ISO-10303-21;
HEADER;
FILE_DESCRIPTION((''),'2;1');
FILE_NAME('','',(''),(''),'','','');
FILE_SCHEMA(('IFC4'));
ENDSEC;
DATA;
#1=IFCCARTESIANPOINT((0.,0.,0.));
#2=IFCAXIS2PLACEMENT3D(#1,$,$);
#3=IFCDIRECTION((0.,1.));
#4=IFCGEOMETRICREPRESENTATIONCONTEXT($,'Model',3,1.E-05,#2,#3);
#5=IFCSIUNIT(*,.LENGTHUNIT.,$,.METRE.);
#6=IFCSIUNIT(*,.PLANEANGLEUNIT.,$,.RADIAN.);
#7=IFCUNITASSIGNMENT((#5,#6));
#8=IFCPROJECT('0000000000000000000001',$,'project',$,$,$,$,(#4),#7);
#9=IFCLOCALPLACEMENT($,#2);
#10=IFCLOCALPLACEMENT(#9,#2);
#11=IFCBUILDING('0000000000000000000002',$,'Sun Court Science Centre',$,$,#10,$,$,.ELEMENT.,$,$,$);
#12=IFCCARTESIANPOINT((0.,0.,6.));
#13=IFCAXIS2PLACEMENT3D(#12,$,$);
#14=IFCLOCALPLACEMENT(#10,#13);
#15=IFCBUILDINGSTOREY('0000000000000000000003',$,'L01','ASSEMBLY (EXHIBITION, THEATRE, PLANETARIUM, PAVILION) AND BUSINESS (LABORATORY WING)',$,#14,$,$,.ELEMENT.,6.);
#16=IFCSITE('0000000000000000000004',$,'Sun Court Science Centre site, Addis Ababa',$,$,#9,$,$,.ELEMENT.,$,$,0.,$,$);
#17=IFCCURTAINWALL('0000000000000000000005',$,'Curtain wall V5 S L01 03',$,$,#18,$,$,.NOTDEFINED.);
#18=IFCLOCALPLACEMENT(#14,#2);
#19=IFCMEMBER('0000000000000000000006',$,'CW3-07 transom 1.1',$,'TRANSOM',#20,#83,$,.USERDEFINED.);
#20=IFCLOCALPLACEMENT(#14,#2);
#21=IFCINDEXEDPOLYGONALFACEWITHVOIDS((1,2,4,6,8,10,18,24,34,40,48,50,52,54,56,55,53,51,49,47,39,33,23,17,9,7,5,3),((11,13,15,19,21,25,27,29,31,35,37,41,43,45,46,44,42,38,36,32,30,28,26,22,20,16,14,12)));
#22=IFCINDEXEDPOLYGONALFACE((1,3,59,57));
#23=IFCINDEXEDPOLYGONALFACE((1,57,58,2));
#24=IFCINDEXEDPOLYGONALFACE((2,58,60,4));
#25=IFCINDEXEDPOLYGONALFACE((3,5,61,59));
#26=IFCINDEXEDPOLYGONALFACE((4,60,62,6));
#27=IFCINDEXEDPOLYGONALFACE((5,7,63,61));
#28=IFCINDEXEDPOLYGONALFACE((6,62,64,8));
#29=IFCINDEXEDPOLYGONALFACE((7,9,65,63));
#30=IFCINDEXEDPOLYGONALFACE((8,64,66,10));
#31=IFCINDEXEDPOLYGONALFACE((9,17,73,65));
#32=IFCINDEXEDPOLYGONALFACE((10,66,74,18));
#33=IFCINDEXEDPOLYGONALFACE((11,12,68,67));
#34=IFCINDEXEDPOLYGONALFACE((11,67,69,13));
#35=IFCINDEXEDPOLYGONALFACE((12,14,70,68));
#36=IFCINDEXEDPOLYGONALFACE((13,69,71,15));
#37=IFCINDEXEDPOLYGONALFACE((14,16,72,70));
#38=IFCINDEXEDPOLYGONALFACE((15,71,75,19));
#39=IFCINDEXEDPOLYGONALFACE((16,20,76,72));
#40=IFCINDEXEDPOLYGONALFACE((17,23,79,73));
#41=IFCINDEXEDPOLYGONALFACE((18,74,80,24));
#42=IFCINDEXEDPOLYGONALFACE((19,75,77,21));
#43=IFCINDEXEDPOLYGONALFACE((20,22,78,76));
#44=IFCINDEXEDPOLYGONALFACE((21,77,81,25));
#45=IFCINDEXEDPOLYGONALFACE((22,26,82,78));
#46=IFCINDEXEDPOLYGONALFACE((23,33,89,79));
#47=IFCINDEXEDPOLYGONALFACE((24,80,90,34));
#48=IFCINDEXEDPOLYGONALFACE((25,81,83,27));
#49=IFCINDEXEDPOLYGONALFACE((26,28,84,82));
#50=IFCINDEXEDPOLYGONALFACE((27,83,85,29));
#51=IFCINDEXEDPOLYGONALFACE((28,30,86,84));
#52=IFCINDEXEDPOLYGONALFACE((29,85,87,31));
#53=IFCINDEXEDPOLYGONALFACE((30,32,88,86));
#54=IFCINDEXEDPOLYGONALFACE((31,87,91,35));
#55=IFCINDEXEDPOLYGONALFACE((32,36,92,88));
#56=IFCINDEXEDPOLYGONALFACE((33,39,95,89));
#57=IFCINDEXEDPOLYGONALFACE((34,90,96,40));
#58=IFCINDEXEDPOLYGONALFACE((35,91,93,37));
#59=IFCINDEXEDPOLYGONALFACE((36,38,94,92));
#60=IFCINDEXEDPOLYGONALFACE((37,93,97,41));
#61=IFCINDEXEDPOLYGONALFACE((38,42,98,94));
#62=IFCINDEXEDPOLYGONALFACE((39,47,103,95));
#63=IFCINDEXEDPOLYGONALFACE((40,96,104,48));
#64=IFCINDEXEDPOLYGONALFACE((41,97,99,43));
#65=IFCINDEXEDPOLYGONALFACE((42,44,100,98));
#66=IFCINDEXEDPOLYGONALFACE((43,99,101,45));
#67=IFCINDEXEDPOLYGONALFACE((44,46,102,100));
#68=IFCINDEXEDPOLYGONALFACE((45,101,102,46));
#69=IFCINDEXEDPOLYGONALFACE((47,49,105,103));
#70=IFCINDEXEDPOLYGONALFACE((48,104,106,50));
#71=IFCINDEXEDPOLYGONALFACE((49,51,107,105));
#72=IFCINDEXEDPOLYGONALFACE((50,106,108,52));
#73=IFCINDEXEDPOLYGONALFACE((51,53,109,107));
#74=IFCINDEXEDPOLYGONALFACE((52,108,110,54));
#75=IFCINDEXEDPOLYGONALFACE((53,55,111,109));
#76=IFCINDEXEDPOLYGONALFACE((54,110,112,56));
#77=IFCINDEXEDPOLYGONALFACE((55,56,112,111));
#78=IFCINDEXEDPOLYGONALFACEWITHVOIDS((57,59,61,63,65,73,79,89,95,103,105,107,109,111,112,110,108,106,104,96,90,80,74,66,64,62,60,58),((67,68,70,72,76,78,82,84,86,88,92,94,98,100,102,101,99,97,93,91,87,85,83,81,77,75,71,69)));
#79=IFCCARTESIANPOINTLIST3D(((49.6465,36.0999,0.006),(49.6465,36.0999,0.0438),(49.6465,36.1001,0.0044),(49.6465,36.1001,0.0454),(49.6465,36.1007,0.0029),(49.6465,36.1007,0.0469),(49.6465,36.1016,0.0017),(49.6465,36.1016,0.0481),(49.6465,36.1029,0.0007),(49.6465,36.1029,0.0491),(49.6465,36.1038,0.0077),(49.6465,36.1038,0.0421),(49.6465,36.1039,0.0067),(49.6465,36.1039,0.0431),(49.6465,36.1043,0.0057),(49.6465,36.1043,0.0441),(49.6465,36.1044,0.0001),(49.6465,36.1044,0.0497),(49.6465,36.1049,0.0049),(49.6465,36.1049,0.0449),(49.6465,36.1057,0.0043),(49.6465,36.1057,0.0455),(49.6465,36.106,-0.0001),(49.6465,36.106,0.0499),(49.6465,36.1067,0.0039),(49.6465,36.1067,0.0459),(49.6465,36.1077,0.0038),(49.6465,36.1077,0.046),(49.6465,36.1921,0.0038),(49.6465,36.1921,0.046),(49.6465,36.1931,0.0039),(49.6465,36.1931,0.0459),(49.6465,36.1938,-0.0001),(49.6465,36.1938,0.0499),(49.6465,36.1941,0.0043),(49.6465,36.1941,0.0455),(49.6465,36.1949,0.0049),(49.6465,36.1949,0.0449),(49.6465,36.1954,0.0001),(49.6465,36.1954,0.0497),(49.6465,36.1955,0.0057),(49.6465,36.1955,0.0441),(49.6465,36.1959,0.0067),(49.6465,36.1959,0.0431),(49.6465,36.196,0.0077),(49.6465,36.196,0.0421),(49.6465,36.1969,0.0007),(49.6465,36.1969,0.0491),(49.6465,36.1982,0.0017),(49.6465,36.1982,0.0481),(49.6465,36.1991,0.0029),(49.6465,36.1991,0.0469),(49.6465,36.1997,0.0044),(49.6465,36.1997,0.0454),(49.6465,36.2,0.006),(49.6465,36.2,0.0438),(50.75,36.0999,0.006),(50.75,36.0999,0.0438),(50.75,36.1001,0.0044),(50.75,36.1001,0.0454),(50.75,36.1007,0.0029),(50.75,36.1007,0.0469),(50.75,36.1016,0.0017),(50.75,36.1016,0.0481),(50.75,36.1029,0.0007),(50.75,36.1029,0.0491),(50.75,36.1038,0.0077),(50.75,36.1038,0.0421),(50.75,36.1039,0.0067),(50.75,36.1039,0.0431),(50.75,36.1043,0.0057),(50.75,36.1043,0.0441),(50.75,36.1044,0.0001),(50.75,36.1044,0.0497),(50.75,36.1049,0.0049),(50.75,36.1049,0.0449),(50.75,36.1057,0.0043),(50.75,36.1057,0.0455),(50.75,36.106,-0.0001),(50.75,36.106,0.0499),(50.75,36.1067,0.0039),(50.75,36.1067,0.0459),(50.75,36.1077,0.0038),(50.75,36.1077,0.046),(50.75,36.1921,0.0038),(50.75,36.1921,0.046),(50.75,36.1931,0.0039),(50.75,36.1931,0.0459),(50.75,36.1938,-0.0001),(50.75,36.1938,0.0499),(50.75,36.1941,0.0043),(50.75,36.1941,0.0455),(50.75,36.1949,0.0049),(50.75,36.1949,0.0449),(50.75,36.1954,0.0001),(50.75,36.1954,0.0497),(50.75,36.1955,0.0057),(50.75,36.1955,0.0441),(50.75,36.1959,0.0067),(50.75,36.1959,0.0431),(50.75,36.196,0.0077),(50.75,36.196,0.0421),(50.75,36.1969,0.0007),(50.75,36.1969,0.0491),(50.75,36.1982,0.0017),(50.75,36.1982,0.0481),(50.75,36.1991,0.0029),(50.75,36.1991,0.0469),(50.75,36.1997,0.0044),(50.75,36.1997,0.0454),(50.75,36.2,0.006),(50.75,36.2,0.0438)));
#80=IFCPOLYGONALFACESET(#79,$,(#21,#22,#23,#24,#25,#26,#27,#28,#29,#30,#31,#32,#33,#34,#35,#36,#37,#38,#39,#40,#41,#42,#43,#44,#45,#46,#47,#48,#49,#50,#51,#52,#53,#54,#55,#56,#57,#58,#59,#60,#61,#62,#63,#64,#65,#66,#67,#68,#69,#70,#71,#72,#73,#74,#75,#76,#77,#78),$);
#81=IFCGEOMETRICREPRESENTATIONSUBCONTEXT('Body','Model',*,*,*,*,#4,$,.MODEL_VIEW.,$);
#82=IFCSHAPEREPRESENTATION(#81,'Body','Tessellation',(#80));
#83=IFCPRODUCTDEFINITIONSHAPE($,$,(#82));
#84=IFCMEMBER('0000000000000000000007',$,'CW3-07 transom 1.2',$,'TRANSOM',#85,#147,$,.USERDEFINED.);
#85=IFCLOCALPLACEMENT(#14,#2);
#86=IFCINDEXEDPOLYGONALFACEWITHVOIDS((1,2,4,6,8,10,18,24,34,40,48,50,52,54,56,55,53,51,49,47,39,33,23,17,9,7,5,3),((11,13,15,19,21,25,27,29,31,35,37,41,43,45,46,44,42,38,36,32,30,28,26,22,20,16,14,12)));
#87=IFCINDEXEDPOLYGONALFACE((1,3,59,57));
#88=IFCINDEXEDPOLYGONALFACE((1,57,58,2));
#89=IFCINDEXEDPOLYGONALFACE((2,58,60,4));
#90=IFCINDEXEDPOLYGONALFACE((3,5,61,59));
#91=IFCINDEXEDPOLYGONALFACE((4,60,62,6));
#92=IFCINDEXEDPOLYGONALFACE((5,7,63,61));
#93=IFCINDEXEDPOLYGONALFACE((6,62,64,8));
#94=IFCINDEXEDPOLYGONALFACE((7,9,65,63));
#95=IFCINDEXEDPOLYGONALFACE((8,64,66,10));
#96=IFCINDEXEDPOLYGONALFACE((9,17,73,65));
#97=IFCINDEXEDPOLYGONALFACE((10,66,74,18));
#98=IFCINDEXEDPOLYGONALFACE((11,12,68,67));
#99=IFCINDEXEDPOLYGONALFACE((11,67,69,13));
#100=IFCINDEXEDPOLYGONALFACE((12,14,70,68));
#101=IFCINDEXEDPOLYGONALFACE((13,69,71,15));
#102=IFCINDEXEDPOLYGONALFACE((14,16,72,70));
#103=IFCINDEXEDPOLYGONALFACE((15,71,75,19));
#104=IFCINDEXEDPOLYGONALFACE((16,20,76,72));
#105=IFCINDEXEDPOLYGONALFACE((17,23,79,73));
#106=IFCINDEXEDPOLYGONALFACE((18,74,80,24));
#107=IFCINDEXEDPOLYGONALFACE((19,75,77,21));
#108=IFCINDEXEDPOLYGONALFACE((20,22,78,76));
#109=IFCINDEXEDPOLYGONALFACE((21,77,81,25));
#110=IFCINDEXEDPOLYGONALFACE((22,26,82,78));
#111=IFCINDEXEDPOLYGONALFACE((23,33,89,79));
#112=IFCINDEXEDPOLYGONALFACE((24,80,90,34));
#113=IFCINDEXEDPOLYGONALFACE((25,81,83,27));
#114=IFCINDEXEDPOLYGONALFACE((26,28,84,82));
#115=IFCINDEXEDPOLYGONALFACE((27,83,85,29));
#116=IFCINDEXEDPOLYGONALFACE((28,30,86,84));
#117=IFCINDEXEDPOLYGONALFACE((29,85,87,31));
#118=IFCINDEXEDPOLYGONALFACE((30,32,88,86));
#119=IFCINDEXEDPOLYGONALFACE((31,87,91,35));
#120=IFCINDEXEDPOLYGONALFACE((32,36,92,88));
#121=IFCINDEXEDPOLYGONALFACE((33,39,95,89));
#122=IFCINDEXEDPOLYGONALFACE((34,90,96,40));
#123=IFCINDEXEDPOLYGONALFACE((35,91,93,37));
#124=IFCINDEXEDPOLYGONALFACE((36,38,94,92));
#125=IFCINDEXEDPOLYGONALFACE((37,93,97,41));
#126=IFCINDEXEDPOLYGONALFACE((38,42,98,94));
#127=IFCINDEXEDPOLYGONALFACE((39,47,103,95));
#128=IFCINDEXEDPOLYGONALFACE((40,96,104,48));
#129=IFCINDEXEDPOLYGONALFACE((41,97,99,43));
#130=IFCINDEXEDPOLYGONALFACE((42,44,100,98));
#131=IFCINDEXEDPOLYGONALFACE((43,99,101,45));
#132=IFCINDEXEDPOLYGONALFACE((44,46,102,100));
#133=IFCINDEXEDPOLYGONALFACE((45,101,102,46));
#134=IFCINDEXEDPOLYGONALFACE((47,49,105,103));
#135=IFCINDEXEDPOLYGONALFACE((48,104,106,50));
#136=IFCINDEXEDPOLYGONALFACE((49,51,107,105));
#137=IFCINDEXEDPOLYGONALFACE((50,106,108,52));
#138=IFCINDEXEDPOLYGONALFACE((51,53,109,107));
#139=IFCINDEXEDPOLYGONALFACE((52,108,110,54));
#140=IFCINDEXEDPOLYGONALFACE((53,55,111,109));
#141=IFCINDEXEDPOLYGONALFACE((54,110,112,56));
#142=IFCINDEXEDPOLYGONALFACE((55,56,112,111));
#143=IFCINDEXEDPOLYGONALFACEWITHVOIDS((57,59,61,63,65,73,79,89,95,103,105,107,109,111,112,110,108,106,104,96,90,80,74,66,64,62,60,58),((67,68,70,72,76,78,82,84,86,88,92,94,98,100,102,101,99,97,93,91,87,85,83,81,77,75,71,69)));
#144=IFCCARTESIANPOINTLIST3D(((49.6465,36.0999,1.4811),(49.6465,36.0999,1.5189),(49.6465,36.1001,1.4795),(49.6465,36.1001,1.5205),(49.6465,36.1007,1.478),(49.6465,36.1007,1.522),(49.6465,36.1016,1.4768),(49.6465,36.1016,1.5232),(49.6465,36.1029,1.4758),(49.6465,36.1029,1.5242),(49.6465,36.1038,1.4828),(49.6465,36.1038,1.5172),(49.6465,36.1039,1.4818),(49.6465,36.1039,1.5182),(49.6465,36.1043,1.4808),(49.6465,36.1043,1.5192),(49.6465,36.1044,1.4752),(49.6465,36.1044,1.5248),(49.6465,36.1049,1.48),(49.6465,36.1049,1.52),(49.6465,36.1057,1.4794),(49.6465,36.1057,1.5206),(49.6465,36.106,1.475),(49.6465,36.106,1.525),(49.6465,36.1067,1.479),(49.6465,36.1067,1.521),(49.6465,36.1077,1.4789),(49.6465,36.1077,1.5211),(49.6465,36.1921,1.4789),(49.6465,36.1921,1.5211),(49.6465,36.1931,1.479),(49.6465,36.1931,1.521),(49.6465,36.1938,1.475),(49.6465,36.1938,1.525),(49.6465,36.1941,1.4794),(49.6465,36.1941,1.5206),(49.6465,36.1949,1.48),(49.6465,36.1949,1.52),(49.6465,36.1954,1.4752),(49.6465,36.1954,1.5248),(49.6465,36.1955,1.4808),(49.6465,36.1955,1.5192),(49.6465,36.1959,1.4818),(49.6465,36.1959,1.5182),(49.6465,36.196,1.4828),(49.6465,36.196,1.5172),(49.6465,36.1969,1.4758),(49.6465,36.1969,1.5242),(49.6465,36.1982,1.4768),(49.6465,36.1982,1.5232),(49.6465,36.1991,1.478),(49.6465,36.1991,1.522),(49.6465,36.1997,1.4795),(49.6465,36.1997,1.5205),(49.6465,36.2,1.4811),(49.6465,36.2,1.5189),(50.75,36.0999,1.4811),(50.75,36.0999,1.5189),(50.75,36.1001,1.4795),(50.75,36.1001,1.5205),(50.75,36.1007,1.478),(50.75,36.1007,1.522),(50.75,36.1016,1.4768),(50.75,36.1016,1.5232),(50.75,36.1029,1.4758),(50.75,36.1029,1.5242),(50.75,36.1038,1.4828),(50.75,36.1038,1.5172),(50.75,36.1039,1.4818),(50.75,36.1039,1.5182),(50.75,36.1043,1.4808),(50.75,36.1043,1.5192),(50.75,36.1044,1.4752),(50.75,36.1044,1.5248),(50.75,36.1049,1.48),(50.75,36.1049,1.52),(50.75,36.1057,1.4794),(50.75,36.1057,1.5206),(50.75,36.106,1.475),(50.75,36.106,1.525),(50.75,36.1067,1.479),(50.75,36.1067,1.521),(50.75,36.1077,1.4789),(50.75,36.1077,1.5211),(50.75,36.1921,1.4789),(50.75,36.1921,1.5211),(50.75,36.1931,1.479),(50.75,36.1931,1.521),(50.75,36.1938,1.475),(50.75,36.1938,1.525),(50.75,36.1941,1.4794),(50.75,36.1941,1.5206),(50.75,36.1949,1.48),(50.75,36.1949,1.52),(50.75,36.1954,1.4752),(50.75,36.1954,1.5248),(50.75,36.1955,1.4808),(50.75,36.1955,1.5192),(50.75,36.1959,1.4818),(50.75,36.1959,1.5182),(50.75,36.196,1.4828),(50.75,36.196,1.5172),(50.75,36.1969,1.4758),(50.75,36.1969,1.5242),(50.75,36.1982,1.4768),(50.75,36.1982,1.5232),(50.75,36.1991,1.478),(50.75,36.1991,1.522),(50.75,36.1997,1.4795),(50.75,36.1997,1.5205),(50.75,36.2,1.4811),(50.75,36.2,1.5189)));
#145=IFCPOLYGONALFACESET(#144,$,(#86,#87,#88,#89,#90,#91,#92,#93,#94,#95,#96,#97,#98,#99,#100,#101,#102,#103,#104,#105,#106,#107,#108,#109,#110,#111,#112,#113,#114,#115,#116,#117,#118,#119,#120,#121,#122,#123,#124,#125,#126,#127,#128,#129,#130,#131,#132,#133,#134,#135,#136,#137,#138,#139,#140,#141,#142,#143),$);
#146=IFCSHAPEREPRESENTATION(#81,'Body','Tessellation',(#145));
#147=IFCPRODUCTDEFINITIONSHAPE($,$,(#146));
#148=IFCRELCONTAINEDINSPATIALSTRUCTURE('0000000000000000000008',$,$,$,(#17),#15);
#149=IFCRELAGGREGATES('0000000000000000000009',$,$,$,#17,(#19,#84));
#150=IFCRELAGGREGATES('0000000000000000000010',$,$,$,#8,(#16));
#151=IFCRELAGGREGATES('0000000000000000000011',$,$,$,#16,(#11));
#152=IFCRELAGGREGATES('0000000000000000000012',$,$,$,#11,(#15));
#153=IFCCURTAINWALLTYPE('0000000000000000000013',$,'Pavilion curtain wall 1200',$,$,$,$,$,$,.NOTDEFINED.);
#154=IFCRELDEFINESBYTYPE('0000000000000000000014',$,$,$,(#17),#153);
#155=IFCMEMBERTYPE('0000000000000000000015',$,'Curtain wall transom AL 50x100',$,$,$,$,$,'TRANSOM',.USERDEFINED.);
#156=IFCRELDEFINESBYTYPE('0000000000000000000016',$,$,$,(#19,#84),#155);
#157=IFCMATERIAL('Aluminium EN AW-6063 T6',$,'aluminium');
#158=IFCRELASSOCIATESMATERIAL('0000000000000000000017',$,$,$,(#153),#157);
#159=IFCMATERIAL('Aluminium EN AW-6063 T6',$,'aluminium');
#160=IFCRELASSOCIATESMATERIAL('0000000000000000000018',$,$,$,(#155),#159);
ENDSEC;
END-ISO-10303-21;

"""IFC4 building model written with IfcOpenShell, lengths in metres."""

from ifc_helpers import new_model, si_unit, direction, frame, origin, origin_2d, place, context, subcontext, project, spatial, hollow_rectangle, extrude, material, material_profile, profile_set, type_object, element, aggregate, save


model = new_model("IFC4")

# Units and contexts
model_context = context("Model", 3, precision=1e-05, world=origin(), true_north=direction((0.0, 1.0)))
body_context = subcontext(model_context, "Body", "Model", "MODEL_VIEW")
ifc_project = project(units=[si_unit("LENGTHUNIT", "METRE"), si_unit("PLANEANGLEUNIT", "RADIAN")], contexts=[model_context])

# Site, building, storey
site_placement = place(None, origin())
site = spatial("IfcSite", under=ifc_project, at=site_placement, Name="Sun Court Science Centre site, Addis Ababa", CompositionType="ELEMENT", RefElevation=0.0)
building_placement = place(site_placement, origin())
building = spatial("IfcBuilding", under=site, at=building_placement, Name="Sun Court Science Centre", CompositionType="ELEMENT")
storey_placement = place(building_placement, frame((0.0, 0.0, 6.0)))
storey = spatial("IfcBuildingStorey", under=building, at=storey_placement, Name="L01", Description="ASSEMBLY (EXHIBITION, THEATRE, PLANETARIUM, PAVILION) AND BUSINESS (LABORATORY WING)", CompositionType="ELEMENT", Elevation=6.0)

# Shared definitions
ifc_material_1 = material(Name="Aluminium EN AW-6063 T6", Category="aluminium")
curtain_wall_type = type_object("IfcCurtainWallType", Name="Pavilion curtain wall 1200", PredefinedType="NOTDEFINED", material=ifc_material_1)

# Curtain wall
curtain_wall_1_placement = place(storey_placement, origin())
curtain_wall_1 = element("IfcCurtainWall", 1, at=curtain_wall_1_placement, inside=storey, type_object=curtain_wall_type, Name="Curtain wall V5 S L01 03", PredefinedType="NOTDEFINED")

# Members
ifc_material_2 = material(Name="Aluminium EN AW-6063 T6", Category="aluminium")
ifc_material_profile_1 = material_profile(ifc_material_2, hollow_rectangle(XDim=0.05, YDim=0.1001, WallThickness=0.0039, InnerFilletRadius=0.0039, OuterFilletRadius=0.0061, at=origin_2d()), Name="AL 50x100x4")
ifc_profile_set_1 = profile_set([ifc_material_profile_1], Name="Aluminium EN AW-6063 T6")
member_type_1 = type_object("IfcMemberType", Name="Curtain wall transom AL 50x100", ElementType="TRANSOM", PredefinedType="USERDEFINED", material=ifc_profile_set_1)
member_1_placement = place(storey_placement, frame((50.75, 36.1499, 0.0249), z_axis=(-1.0, 0.0, 0.0), x_axis=(0.0, 0.0, 1.0)))
member_1 = element("IfcMember", 2, at=member_1_placement, type_object=member_type_1, Name="CW3-07 transom 1.1", ObjectType="TRANSOM", PredefinedType="USERDEFINED", context=body_context, shape_type="SweptSolid", body=[
    extrude(hollow_rectangle(XDim=0.05, YDim=0.1001, WallThickness=0.0039, InnerFilletRadius=0.0039, OuterFilletRadius=0.0061, at=origin_2d()), origin(), (0.0, 0.0, 1.0), 1.1035),
])
member_2_placement = place(storey_placement, frame((50.75, 36.1499, 1.5), z_axis=(-1.0, 0.0, 0.0), x_axis=(0.0, 0.0, 1.0)))
member_2 = element("IfcMember", 3, at=member_2_placement, type_object=member_type_1, Name="CW3-07 transom 1.2", ObjectType="TRANSOM", PredefinedType="USERDEFINED", context=body_context, shape_type="SweptSolid", body=[
    extrude(hollow_rectangle(XDim=0.05, YDim=0.1001, WallThickness=0.0039, InnerFilletRadius=0.0039, OuterFilletRadius=0.0061, at=origin_2d()), origin(), (0.0, 0.0, 1.0), 1.1035),
])

aggregate(curtain_wall_1, [member_1, member_2])

save(model, "model.ifc")
